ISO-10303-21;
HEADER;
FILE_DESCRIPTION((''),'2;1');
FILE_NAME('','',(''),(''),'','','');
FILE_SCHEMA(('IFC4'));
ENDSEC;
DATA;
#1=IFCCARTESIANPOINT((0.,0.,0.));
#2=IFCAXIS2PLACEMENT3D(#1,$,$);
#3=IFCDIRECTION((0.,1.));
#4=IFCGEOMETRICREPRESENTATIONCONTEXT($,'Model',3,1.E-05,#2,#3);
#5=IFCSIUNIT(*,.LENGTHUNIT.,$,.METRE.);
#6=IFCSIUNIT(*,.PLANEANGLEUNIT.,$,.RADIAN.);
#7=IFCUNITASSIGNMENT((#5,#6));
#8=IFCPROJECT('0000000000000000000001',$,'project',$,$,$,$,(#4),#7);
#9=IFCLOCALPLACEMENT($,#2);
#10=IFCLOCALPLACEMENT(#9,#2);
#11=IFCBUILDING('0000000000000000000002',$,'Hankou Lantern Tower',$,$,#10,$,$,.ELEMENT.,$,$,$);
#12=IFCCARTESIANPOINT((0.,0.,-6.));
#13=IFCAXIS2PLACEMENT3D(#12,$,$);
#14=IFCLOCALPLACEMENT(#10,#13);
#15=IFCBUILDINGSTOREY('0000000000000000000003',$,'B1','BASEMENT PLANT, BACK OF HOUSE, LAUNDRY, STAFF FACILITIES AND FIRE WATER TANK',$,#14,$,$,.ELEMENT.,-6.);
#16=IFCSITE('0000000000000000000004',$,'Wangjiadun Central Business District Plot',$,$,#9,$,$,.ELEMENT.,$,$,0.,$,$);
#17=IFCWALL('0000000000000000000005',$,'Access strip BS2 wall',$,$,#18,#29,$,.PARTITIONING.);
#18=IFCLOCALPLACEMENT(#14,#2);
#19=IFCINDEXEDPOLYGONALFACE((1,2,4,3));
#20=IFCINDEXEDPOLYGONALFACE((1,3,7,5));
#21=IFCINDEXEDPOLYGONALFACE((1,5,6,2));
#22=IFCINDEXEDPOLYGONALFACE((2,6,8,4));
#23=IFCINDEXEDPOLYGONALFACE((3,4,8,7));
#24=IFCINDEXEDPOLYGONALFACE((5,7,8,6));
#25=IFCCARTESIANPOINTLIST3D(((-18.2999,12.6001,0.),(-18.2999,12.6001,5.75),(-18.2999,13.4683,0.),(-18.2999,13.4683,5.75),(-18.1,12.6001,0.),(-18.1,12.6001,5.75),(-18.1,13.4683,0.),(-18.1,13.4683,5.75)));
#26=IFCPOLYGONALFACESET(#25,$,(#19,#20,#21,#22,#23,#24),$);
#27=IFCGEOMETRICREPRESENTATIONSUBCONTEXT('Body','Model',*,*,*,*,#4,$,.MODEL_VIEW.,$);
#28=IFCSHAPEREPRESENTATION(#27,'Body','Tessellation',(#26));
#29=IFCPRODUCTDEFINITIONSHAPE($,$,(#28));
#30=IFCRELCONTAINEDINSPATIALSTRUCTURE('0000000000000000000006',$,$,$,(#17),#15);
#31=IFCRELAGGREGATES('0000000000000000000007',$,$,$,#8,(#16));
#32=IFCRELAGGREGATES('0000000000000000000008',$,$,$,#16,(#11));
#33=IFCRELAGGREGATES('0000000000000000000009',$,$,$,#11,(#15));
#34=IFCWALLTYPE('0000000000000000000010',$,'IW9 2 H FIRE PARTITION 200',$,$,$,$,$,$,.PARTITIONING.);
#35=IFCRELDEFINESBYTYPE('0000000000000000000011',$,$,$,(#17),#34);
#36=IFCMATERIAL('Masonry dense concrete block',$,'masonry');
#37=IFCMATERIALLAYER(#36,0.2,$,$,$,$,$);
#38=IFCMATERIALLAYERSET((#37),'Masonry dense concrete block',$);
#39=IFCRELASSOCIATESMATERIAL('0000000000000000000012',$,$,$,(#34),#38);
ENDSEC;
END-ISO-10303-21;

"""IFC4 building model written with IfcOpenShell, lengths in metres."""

from ifc_helpers import new_model, si_unit, direction, frame, frame_2d, origin, place, context, subcontext, project, spatial, rectangle, extrude, material, layer, layer_set, type_object, element, save


model = new_model("IFC4")

# Units and contexts
model_context = context("Model", 3, precision=1e-05, world=origin(), true_north=direction((0.0, 1.0)))
body_context = subcontext(model_context, "Body", "Model", "MODEL_VIEW")
ifc_project = project(units=[si_unit("LENGTHUNIT", "METRE"), si_unit("PLANEANGLEUNIT", "RADIAN")], contexts=[model_context])

# Site, building, storey
site_placement = place(None, origin())
site = spatial("IfcSite", under=ifc_project, at=site_placement, Name="Wangjiadun Central Business District Plot", CompositionType="ELEMENT", RefElevation=0.0)
building_placement = place(site_placement, origin())
building = spatial("IfcBuilding", under=site, at=building_placement, Name="Hankou Lantern Tower", CompositionType="ELEMENT")
storey_placement = place(building_placement, frame((0.0, 0.0, -6.0)))
storey = spatial("IfcBuildingStorey", under=building, at=storey_placement, Name="B1", Description="BASEMENT PLANT, BACK OF HOUSE, LAUNDRY, STAFF FACILITIES AND FIRE WATER TANK", CompositionType="ELEMENT", Elevation=-6.0)

# Shared definitions
ifc_material_1 = material(Name="Masonry dense concrete block", Category="masonry")
ifc_layer_1 = layer(ifc_material_1, 0.2)
ifc_layer_set_1 = layer_set([ifc_layer_1], Name="Masonry dense concrete block")
wall_type_1 = type_object("IfcWallType", Name="IW9 2 H FIRE PARTITION 200", PredefinedType="PARTITIONING", material=ifc_layer_set_1)

# Wall
wall_1_placement = place(storey_placement, frame((-18.2, 13.4683, 0.0), z_axis=(0.0, 0.0, 1.0), x_axis=(0.0, -1.0, 0.0)))
element("IfcWall", 1, at=wall_1_placement, inside=storey, type_object=wall_type_1, Name="Access strip BS2 wall", PredefinedType="PARTITIONING", context=body_context, shape_type="SweptSolid", body=[
    extrude(rectangle(XDim=0.8682, YDim=0.2, at=frame_2d((0.4341, 0.0))), origin(), (0.0, 0.0, 1.0), 5.75),
])

save(model, "model.ifc")
